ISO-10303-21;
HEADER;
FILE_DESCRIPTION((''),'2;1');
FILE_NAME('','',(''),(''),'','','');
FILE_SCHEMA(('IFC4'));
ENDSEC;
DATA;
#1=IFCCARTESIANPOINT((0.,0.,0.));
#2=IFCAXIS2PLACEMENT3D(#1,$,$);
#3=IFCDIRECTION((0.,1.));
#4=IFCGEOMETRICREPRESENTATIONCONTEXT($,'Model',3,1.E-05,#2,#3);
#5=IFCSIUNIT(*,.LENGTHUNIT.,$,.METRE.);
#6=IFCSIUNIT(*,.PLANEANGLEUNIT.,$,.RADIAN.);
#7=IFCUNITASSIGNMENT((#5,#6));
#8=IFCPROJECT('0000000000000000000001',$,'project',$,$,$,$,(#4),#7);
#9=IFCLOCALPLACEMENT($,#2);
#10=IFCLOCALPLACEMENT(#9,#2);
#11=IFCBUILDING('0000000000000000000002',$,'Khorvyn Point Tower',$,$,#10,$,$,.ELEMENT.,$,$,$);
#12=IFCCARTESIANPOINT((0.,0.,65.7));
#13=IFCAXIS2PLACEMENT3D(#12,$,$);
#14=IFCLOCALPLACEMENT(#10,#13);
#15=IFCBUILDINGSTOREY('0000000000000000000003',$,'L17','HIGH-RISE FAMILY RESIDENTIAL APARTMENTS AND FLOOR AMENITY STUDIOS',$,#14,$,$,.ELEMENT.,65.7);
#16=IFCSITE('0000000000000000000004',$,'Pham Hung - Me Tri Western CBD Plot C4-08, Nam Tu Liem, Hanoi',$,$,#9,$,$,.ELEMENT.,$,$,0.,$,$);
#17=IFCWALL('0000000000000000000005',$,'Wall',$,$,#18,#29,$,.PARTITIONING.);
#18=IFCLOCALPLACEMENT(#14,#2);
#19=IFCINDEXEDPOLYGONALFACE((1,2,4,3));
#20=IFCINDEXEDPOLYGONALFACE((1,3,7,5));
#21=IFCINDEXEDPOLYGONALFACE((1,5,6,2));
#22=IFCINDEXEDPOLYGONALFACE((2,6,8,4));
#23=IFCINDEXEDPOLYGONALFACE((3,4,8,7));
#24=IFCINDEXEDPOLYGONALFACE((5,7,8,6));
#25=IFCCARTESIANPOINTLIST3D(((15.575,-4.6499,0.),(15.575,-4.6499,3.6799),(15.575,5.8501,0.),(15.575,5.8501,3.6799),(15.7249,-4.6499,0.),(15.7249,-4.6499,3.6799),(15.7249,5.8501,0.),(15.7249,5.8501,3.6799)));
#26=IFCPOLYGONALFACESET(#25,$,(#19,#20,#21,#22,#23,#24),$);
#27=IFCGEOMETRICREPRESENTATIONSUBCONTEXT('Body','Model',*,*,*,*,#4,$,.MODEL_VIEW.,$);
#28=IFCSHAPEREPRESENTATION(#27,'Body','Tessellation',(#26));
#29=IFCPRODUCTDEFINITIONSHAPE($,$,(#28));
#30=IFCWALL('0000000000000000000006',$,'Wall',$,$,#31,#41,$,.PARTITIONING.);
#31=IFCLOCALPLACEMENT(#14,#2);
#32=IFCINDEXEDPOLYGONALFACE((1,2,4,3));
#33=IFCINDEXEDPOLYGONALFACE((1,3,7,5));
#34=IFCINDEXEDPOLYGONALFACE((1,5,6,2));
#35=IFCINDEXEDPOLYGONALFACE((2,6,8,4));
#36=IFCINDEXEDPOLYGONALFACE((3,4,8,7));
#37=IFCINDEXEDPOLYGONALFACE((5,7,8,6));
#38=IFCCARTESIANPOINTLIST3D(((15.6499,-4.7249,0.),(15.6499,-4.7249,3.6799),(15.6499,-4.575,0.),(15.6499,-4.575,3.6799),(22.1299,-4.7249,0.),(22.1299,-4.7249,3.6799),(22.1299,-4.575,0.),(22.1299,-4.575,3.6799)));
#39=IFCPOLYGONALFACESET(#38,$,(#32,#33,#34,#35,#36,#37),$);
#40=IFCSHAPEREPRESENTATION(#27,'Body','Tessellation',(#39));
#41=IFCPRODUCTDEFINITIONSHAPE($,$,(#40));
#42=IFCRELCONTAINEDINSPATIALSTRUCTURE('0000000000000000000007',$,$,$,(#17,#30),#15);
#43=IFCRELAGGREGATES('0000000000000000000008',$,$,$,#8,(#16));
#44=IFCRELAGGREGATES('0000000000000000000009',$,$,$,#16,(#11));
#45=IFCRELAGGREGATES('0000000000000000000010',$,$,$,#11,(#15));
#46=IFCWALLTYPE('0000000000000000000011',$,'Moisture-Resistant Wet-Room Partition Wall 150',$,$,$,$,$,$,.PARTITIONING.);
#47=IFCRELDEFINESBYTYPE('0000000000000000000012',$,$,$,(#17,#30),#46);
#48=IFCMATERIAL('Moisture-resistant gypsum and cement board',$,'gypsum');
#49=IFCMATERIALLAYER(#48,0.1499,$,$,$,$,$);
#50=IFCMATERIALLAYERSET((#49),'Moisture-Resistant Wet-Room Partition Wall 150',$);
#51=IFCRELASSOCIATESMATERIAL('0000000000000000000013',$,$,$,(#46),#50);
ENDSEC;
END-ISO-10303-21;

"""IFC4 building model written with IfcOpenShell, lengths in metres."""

from ifc_helpers import new_model, si_unit, direction, frame, frame_2d, origin, place, context, subcontext, project, spatial, rectangle, extrude, material, layer, layer_set, type_object, element, save


model = new_model("IFC4")

# Units and contexts
model_context = context("Model", 3, precision=1e-05, world=origin(), true_north=direction((0.0, 1.0)))
body_context = subcontext(model_context, "Body", "Model", "MODEL_VIEW")
ifc_project = project(units=[si_unit("LENGTHUNIT", "METRE"), si_unit("PLANEANGLEUNIT", "RADIAN")], contexts=[model_context])

# Site, building, storey
site_placement = place(None, origin())
site = spatial("IfcSite", under=ifc_project, at=site_placement, Name="Pham Hung - Me Tri Western CBD Plot C4-08, Nam Tu Liem, Hanoi", CompositionType="ELEMENT", RefElevation=0.0)
building_placement = place(site_placement, origin())
building = spatial("IfcBuilding", under=site, at=building_placement, Name="Khorvyn Point Tower", CompositionType="ELEMENT")
storey_placement = place(building_placement, frame((0.0, 0.0, 65.7)))
storey = spatial("IfcBuildingStorey", under=building, at=storey_placement, Name="L17", Description="HIGH-RISE FAMILY RESIDENTIAL APARTMENTS AND FLOOR AMENITY STUDIOS", CompositionType="ELEMENT", Elevation=65.7)

# Shared definitions
ifc_material_1 = material(Name="Moisture-resistant gypsum and cement board", Category="gypsum")
ifc_layer_1 = layer(ifc_material_1, 0.1499)
ifc_layer_set_1 = layer_set([ifc_layer_1], Name="Moisture-Resistant Wet-Room Partition Wall 150")
wall_type_1 = type_object("IfcWallType", Name="Moisture-Resistant Wet-Room Partition Wall 150", PredefinedType="PARTITIONING", material=ifc_layer_set_1)

# Walls
wall_1_placement = place(storey_placement, frame((15.6499, -4.6499, 0.0), z_axis=(0.0, 0.0, 1.0), x_axis=(0.0, 1.0, 0.0)))
element("IfcWall", 1, at=wall_1_placement, inside=storey, type_object=wall_type_1, Name="Wall", PredefinedType="PARTITIONING", context=body_context, shape_type="SweptSolid", body=[
    extrude(rectangle(XDim=10.5, YDim=0.1499, at=frame_2d((5.25, 0.0))), origin(), (0.0, 0.0, 1.0), 3.6799),
])
wall_2_placement = place(storey_placement, frame((15.6499, -4.6499, 0.0), z_axis=(0.0, 0.0, 1.0), x_axis=(1.0, 0.0, 0.0)))
element("IfcWall", 2, at=wall_2_placement, inside=storey, type_object=wall_type_1, Name="Wall", PredefinedType="PARTITIONING", context=body_context, shape_type="SweptSolid", body=[
    extrude(rectangle(XDim=6.48, YDim=0.1499, at=frame_2d((3.24, 0.0))), origin(), (0.0, 0.0, 1.0), 3.6799),
])

save(model, "model.ifc")
